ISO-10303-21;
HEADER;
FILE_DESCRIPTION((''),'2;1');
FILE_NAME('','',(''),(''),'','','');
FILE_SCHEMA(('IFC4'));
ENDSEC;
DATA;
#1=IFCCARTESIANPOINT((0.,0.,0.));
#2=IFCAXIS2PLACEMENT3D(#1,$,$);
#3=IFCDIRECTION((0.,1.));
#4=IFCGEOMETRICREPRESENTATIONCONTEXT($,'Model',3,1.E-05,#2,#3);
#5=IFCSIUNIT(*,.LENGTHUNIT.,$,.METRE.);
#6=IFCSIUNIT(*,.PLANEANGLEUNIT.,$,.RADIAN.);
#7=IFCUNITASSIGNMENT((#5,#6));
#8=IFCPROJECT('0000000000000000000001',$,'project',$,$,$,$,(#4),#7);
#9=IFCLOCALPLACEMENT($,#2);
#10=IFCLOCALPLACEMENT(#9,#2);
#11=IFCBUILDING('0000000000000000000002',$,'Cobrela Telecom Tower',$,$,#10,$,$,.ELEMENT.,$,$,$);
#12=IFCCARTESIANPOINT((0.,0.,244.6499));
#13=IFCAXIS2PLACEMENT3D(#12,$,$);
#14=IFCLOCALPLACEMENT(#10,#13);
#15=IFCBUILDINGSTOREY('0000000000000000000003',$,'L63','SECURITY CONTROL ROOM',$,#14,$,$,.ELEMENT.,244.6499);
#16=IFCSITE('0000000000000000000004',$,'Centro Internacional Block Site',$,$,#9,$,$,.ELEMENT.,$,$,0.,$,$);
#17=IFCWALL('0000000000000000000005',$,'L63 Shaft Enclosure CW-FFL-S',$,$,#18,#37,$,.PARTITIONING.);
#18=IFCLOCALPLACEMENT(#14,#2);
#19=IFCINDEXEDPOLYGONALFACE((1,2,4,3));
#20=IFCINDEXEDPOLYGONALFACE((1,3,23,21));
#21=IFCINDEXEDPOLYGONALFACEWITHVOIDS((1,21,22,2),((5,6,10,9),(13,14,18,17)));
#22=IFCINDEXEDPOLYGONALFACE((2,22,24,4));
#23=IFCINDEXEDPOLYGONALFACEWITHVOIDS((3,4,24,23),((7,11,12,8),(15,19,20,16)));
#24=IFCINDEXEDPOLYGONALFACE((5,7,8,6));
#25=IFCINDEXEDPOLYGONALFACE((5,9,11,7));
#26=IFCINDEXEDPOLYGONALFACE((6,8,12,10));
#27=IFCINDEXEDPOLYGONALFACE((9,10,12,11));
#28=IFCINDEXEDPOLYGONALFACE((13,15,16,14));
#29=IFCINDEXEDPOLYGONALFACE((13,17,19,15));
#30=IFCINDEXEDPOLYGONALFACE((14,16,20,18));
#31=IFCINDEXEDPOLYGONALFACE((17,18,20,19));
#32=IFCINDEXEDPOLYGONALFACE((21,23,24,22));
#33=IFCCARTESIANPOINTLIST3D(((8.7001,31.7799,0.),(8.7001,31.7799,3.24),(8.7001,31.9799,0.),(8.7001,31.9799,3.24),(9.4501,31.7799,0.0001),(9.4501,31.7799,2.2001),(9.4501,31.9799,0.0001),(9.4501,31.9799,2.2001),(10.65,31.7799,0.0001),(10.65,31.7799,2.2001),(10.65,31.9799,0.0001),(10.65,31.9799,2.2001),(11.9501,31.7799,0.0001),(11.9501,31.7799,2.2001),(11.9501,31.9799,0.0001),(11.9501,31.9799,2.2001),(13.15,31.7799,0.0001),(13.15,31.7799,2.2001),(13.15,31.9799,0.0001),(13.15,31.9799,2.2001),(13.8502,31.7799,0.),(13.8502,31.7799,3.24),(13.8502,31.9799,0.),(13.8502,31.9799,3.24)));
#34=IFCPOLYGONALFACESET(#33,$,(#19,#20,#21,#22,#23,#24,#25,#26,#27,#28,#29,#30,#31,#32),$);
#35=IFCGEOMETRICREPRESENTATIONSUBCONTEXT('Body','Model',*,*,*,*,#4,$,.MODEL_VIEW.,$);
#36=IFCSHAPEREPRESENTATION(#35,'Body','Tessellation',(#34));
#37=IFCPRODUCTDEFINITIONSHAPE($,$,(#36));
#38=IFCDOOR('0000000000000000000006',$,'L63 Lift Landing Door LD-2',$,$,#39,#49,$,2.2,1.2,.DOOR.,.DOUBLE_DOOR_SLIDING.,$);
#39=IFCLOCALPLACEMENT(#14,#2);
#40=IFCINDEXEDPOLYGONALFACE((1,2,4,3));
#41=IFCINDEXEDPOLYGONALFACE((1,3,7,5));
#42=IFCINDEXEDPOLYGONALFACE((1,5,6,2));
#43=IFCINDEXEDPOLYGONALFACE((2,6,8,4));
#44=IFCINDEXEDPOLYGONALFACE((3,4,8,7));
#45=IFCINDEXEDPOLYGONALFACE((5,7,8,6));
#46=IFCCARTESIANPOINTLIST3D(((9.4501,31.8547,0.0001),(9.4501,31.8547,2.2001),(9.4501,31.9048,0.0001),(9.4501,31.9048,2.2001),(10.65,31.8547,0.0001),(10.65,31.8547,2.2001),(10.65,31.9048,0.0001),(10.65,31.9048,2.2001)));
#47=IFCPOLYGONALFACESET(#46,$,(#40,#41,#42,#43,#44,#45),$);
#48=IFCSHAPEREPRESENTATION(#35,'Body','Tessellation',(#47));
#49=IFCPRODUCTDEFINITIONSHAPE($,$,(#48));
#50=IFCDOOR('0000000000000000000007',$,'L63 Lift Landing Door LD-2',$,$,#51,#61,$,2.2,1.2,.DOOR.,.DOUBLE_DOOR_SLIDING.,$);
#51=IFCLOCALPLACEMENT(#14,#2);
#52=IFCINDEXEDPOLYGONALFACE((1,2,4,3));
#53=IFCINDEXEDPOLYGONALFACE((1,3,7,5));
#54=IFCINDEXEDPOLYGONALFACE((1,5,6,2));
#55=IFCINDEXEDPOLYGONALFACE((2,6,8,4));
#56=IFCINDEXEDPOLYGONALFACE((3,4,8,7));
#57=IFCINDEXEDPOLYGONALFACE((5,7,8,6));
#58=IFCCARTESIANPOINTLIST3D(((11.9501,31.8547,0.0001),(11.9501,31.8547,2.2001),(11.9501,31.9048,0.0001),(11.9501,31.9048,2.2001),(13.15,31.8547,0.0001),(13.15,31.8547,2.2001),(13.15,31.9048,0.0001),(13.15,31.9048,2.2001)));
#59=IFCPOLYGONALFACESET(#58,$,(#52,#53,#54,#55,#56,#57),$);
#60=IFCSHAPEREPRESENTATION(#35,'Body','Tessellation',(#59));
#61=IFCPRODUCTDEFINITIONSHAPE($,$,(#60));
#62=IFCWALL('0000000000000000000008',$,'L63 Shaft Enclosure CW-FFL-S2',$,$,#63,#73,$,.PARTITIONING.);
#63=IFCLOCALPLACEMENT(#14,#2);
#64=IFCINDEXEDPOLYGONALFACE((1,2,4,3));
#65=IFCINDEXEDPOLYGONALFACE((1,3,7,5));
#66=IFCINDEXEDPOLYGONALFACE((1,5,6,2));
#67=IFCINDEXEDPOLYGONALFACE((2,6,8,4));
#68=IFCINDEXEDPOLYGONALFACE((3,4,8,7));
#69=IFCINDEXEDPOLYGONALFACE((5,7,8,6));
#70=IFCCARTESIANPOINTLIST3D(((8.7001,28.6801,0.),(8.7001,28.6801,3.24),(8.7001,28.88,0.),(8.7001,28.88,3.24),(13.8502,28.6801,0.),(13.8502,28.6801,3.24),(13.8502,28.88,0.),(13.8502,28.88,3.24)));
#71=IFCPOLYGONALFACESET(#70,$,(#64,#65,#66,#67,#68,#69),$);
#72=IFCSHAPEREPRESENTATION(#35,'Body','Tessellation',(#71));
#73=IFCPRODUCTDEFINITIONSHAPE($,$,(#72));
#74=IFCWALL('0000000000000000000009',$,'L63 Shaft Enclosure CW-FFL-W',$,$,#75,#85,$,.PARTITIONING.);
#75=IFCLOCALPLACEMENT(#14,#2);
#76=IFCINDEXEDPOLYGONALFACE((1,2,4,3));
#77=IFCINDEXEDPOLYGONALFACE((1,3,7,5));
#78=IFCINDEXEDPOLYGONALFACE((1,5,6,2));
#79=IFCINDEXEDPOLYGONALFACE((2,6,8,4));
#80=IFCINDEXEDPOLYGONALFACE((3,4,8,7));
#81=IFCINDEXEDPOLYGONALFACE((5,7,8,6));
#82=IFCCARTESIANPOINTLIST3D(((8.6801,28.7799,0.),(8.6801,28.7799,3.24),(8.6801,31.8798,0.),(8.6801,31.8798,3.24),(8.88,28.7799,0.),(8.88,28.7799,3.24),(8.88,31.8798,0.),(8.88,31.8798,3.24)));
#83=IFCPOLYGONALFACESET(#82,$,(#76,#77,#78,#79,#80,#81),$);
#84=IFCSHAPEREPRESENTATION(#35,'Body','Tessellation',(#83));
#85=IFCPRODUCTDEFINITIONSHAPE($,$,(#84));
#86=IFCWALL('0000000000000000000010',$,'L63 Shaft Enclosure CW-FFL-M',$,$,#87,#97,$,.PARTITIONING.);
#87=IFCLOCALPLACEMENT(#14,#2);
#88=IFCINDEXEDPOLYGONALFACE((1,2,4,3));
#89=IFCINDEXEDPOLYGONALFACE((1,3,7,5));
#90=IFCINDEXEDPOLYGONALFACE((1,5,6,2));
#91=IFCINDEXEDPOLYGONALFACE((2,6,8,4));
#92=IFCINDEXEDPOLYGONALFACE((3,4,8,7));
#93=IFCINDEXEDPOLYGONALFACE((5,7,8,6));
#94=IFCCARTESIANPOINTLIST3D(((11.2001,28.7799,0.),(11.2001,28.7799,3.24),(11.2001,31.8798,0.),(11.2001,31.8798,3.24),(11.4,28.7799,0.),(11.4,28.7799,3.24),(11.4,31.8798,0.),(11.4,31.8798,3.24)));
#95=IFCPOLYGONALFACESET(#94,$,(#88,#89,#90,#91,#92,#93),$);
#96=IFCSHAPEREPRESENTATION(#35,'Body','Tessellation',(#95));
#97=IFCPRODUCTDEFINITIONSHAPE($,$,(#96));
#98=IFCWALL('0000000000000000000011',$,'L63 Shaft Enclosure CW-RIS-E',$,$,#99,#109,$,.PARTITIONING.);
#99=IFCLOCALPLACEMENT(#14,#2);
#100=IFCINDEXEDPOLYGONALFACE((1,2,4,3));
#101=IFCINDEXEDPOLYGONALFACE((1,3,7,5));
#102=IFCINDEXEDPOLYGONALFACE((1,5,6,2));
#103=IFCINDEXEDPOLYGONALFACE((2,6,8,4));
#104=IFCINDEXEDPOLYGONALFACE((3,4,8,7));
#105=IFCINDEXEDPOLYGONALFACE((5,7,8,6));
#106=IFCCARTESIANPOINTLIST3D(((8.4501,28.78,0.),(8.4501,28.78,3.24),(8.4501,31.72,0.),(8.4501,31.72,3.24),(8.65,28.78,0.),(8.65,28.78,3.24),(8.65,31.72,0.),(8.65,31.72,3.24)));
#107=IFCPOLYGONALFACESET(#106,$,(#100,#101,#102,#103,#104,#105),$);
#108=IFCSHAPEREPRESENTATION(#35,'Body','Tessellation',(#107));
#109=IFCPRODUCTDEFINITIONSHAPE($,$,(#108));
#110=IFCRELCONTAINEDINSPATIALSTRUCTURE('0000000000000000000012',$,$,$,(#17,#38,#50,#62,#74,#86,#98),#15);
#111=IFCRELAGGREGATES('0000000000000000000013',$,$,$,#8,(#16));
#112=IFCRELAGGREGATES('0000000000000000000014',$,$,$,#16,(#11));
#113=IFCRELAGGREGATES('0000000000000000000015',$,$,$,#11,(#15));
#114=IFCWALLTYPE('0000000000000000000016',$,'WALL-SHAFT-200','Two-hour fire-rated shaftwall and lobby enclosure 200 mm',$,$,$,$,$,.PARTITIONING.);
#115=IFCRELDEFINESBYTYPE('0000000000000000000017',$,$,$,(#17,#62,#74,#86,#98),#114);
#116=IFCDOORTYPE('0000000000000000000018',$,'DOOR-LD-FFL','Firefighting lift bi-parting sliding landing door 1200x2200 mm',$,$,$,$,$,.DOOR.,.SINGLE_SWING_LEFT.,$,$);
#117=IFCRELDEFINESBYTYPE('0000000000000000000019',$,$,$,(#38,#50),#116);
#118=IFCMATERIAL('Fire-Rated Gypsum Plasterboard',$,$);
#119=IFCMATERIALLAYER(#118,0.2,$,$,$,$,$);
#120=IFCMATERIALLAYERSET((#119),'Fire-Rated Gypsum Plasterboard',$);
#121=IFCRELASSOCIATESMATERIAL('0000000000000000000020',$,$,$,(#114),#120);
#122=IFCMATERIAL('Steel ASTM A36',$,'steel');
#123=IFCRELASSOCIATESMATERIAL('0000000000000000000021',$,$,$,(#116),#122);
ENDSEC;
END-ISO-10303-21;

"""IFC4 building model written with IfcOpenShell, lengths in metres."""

from ifc_helpers import new_model, si_unit, direction, frame, frame_2d, origin, place, context, subcontext, project, spatial, rectangle, extrude, material, layer, layer_set, type_object, element, fill, save


model = new_model("IFC4")

# Units and contexts
model_context = context("Model", 3, precision=1e-05, world=origin(), true_north=direction((0.0, 1.0)))
body_context = subcontext(model_context, "Body", "Model", "MODEL_VIEW")
ifc_project = project(units=[si_unit("LENGTHUNIT", "METRE"), si_unit("PLANEANGLEUNIT", "RADIAN")], contexts=[model_context])

# Site, building, storey
site_placement = place(None, origin())
site = spatial("IfcSite", under=ifc_project, at=site_placement, Name="Centro Internacional Block Site", CompositionType="ELEMENT", RefElevation=0.0)
building_placement = place(site_placement, origin())
building = spatial("IfcBuilding", under=site, at=building_placement, Name="Cobrela Telecom Tower", CompositionType="ELEMENT")
storey_placement = place(building_placement, frame((0.0, 0.0, 244.6499)))
storey = spatial("IfcBuildingStorey", under=building, at=storey_placement, Name="L63", Description="SECURITY CONTROL ROOM", CompositionType="ELEMENT", Elevation=244.6499)

# Shared definitions
ifc_material_1 = material(Name="Steel ASTM A36", Category="steel")

# Shared definitions
ifc_material_2 = material(Name="Fire-Rated Gypsum Plasterboard")

# Wall, openings, doors
ifc_layer_1 = layer(ifc_material_2, 0.2)
ifc_layer_set_1 = layer_set([ifc_layer_1], Name="Fire-Rated Gypsum Plasterboard")
wall_type_1 = type_object("IfcWallType", Name="WALL-SHAFT-200", Description="Two-hour fire-rated shaftwall and lobby enclosure 200 mm", PredefinedType="PARTITIONING", material=ifc_layer_set_1)
wall_1_placement = place(storey_placement, frame((8.7, 31.8799, 0.0), z_axis=(0.0, 0.0, 1.0), x_axis=(1.0, 0.0, 0.0)))
wall_1 = element("IfcWall", 1, at=wall_1_placement, inside=storey, type_object=wall_type_1, Name="L63 Shaft Enclosure CW-FFL-S", PredefinedType="PARTITIONING", context=body_context, shape_type="SweptSolid", body=[
    extrude(rectangle(XDim=5.1501, YDim=0.2, at=frame_2d((2.5752, 0.0))), origin(), (0.0, 0.0, 1.0), 3.24),
])
opening_1_placement = place(wall_1_placement, frame((0.75, 0.0, 0.0)))
opening_1 = element("IfcOpeningElement", 2, at=opening_1_placement, cuts=wall_1, PredefinedType="OPENING", context=body_context, shape_type="SweptSolid", body=[
    extrude(rectangle(XDim=1.2, YDim=2.2, at=frame_2d((0.6001, 1.1001))), frame((0.0, 0.1118, 0.0), z_axis=(0.0, -1.0, 0.0), x_axis=(1.0, 0.0, 0.0)), (0.0, 0.0, 1.0), 0.2239),
])
opening_2_placement = place(wall_1_placement, frame((3.25, 0.0, 0.0)))
opening_2 = element("IfcOpeningElement", 3, at=opening_2_placement, cuts=wall_1, PredefinedType="OPENING", context=body_context, shape_type="SweptSolid", body=[
    extrude(rectangle(XDim=1.2, YDim=2.2, at=frame_2d((0.6001, 1.1001))), frame((0.0, 0.1118, 0.0), z_axis=(0.0, -1.0, 0.0), x_axis=(1.0, 0.0, 0.0)), (0.0, 0.0, 1.0), 0.2239),
])
door_type_1 = type_object("IfcDoorType", Name="DOOR-LD-FFL", Description="Firefighting lift bi-parting sliding landing door 1200x2200 mm", OperationType="SINGLE_SWING_LEFT", PredefinedType="DOOR", material=ifc_material_1)
door_1_placement = place(opening_1_placement, origin())
door_1 = element("IfcDoor", 4, at=door_1_placement, inside=storey, type_object=door_type_1, Name="L63 Lift Landing Door LD-2", OperationType="DOUBLE_DOOR_SLIDING", OverallHeight=2.2, OverallWidth=1.2, PredefinedType="DOOR", context=body_context, shape_type="SweptSolid", body=[
    extrude(rectangle(XDim=1.2, YDim=2.2, at=frame_2d((0.6001, 1.1001))), frame((0.0, 0.0249, 0.0), z_axis=(0.0, -1.0, 0.0), x_axis=(1.0, 0.0, 0.0)), (0.0, 0.0, 1.0), 0.05),
])
fill(opening_1, door_1)
door_2_placement = place(opening_2_placement, origin())
door_2 = element("IfcDoor", 5, at=door_2_placement, inside=storey, type_object=door_type_1, Name="L63 Lift Landing Door LD-2", OperationType="DOUBLE_DOOR_SLIDING", OverallHeight=2.2, OverallWidth=1.2, PredefinedType="DOOR", context=body_context, shape_type="SweptSolid", body=[
    extrude(rectangle(XDim=1.2, YDim=2.2, at=frame_2d((0.6001, 1.1001))), frame((0.0, 0.0249, 0.0), z_axis=(0.0, -1.0, 0.0), x_axis=(1.0, 0.0, 0.0)), (0.0, 0.0, 1.0), 0.05),
])
fill(opening_2, door_2)

# Walls
wall_2_placement = place(storey_placement, frame((8.7, 28.78, 0.0), z_axis=(0.0, 0.0, 1.0), x_axis=(1.0, 0.0, 0.0)))
element("IfcWall", 6, at=wall_2_placement, inside=storey, type_object=wall_type_1, Name="L63 Shaft Enclosure CW-FFL-S2", PredefinedType="PARTITIONING", context=body_context, shape_type="SweptSolid", body=[
    extrude(rectangle(XDim=5.1501, YDim=0.2, at=frame_2d((2.5752, 0.0))), origin(), (0.0, 0.0, 1.0), 3.24),
])
for number, where, z_axis, x_axis, name in (
    (7, (8.78, 28.78, 0.0), (0.0, 0.0, 1.0), (0.0, 1.0, 0.0), "L63 Shaft Enclosure CW-FFL-W"),
    (8, (11.3, 28.78, 0.0), (0.0, 0.0, 1.0), (0.0, 1.0, 0.0), "L63 Shaft Enclosure CW-FFL-M"),
):
    element("IfcWall", number, at=place(storey_placement, frame(where, z_axis=z_axis, x_axis=x_axis)), inside=storey, type_object=wall_type_1, Name=name, PredefinedType="PARTITIONING", context=body_context, shape_type="SweptSolid", body=[
        extrude(rectangle(XDim=3.0999, YDim=0.2, at=frame_2d((1.5498, 0.0))), origin(), (0.0, 0.0, 1.0), 3.24),
    ])
wall_3_placement = place(storey_placement, frame((8.55, 28.78, 0.0), z_axis=(0.0, 0.0, 1.0), x_axis=(0.0, 1.0, 0.0)))
element("IfcWall", 9, at=wall_3_placement, inside=storey, type_object=wall_type_1, Name="L63 Shaft Enclosure CW-RIS-E", PredefinedType="PARTITIONING", context=body_context, shape_type="SweptSolid", body=[
    extrude(rectangle(XDim=2.9399, YDim=0.2, at=frame_2d((1.47, 0.0))), origin(), (0.0, 0.0, 1.0), 3.24),
])

save(model, "model.ifc")
